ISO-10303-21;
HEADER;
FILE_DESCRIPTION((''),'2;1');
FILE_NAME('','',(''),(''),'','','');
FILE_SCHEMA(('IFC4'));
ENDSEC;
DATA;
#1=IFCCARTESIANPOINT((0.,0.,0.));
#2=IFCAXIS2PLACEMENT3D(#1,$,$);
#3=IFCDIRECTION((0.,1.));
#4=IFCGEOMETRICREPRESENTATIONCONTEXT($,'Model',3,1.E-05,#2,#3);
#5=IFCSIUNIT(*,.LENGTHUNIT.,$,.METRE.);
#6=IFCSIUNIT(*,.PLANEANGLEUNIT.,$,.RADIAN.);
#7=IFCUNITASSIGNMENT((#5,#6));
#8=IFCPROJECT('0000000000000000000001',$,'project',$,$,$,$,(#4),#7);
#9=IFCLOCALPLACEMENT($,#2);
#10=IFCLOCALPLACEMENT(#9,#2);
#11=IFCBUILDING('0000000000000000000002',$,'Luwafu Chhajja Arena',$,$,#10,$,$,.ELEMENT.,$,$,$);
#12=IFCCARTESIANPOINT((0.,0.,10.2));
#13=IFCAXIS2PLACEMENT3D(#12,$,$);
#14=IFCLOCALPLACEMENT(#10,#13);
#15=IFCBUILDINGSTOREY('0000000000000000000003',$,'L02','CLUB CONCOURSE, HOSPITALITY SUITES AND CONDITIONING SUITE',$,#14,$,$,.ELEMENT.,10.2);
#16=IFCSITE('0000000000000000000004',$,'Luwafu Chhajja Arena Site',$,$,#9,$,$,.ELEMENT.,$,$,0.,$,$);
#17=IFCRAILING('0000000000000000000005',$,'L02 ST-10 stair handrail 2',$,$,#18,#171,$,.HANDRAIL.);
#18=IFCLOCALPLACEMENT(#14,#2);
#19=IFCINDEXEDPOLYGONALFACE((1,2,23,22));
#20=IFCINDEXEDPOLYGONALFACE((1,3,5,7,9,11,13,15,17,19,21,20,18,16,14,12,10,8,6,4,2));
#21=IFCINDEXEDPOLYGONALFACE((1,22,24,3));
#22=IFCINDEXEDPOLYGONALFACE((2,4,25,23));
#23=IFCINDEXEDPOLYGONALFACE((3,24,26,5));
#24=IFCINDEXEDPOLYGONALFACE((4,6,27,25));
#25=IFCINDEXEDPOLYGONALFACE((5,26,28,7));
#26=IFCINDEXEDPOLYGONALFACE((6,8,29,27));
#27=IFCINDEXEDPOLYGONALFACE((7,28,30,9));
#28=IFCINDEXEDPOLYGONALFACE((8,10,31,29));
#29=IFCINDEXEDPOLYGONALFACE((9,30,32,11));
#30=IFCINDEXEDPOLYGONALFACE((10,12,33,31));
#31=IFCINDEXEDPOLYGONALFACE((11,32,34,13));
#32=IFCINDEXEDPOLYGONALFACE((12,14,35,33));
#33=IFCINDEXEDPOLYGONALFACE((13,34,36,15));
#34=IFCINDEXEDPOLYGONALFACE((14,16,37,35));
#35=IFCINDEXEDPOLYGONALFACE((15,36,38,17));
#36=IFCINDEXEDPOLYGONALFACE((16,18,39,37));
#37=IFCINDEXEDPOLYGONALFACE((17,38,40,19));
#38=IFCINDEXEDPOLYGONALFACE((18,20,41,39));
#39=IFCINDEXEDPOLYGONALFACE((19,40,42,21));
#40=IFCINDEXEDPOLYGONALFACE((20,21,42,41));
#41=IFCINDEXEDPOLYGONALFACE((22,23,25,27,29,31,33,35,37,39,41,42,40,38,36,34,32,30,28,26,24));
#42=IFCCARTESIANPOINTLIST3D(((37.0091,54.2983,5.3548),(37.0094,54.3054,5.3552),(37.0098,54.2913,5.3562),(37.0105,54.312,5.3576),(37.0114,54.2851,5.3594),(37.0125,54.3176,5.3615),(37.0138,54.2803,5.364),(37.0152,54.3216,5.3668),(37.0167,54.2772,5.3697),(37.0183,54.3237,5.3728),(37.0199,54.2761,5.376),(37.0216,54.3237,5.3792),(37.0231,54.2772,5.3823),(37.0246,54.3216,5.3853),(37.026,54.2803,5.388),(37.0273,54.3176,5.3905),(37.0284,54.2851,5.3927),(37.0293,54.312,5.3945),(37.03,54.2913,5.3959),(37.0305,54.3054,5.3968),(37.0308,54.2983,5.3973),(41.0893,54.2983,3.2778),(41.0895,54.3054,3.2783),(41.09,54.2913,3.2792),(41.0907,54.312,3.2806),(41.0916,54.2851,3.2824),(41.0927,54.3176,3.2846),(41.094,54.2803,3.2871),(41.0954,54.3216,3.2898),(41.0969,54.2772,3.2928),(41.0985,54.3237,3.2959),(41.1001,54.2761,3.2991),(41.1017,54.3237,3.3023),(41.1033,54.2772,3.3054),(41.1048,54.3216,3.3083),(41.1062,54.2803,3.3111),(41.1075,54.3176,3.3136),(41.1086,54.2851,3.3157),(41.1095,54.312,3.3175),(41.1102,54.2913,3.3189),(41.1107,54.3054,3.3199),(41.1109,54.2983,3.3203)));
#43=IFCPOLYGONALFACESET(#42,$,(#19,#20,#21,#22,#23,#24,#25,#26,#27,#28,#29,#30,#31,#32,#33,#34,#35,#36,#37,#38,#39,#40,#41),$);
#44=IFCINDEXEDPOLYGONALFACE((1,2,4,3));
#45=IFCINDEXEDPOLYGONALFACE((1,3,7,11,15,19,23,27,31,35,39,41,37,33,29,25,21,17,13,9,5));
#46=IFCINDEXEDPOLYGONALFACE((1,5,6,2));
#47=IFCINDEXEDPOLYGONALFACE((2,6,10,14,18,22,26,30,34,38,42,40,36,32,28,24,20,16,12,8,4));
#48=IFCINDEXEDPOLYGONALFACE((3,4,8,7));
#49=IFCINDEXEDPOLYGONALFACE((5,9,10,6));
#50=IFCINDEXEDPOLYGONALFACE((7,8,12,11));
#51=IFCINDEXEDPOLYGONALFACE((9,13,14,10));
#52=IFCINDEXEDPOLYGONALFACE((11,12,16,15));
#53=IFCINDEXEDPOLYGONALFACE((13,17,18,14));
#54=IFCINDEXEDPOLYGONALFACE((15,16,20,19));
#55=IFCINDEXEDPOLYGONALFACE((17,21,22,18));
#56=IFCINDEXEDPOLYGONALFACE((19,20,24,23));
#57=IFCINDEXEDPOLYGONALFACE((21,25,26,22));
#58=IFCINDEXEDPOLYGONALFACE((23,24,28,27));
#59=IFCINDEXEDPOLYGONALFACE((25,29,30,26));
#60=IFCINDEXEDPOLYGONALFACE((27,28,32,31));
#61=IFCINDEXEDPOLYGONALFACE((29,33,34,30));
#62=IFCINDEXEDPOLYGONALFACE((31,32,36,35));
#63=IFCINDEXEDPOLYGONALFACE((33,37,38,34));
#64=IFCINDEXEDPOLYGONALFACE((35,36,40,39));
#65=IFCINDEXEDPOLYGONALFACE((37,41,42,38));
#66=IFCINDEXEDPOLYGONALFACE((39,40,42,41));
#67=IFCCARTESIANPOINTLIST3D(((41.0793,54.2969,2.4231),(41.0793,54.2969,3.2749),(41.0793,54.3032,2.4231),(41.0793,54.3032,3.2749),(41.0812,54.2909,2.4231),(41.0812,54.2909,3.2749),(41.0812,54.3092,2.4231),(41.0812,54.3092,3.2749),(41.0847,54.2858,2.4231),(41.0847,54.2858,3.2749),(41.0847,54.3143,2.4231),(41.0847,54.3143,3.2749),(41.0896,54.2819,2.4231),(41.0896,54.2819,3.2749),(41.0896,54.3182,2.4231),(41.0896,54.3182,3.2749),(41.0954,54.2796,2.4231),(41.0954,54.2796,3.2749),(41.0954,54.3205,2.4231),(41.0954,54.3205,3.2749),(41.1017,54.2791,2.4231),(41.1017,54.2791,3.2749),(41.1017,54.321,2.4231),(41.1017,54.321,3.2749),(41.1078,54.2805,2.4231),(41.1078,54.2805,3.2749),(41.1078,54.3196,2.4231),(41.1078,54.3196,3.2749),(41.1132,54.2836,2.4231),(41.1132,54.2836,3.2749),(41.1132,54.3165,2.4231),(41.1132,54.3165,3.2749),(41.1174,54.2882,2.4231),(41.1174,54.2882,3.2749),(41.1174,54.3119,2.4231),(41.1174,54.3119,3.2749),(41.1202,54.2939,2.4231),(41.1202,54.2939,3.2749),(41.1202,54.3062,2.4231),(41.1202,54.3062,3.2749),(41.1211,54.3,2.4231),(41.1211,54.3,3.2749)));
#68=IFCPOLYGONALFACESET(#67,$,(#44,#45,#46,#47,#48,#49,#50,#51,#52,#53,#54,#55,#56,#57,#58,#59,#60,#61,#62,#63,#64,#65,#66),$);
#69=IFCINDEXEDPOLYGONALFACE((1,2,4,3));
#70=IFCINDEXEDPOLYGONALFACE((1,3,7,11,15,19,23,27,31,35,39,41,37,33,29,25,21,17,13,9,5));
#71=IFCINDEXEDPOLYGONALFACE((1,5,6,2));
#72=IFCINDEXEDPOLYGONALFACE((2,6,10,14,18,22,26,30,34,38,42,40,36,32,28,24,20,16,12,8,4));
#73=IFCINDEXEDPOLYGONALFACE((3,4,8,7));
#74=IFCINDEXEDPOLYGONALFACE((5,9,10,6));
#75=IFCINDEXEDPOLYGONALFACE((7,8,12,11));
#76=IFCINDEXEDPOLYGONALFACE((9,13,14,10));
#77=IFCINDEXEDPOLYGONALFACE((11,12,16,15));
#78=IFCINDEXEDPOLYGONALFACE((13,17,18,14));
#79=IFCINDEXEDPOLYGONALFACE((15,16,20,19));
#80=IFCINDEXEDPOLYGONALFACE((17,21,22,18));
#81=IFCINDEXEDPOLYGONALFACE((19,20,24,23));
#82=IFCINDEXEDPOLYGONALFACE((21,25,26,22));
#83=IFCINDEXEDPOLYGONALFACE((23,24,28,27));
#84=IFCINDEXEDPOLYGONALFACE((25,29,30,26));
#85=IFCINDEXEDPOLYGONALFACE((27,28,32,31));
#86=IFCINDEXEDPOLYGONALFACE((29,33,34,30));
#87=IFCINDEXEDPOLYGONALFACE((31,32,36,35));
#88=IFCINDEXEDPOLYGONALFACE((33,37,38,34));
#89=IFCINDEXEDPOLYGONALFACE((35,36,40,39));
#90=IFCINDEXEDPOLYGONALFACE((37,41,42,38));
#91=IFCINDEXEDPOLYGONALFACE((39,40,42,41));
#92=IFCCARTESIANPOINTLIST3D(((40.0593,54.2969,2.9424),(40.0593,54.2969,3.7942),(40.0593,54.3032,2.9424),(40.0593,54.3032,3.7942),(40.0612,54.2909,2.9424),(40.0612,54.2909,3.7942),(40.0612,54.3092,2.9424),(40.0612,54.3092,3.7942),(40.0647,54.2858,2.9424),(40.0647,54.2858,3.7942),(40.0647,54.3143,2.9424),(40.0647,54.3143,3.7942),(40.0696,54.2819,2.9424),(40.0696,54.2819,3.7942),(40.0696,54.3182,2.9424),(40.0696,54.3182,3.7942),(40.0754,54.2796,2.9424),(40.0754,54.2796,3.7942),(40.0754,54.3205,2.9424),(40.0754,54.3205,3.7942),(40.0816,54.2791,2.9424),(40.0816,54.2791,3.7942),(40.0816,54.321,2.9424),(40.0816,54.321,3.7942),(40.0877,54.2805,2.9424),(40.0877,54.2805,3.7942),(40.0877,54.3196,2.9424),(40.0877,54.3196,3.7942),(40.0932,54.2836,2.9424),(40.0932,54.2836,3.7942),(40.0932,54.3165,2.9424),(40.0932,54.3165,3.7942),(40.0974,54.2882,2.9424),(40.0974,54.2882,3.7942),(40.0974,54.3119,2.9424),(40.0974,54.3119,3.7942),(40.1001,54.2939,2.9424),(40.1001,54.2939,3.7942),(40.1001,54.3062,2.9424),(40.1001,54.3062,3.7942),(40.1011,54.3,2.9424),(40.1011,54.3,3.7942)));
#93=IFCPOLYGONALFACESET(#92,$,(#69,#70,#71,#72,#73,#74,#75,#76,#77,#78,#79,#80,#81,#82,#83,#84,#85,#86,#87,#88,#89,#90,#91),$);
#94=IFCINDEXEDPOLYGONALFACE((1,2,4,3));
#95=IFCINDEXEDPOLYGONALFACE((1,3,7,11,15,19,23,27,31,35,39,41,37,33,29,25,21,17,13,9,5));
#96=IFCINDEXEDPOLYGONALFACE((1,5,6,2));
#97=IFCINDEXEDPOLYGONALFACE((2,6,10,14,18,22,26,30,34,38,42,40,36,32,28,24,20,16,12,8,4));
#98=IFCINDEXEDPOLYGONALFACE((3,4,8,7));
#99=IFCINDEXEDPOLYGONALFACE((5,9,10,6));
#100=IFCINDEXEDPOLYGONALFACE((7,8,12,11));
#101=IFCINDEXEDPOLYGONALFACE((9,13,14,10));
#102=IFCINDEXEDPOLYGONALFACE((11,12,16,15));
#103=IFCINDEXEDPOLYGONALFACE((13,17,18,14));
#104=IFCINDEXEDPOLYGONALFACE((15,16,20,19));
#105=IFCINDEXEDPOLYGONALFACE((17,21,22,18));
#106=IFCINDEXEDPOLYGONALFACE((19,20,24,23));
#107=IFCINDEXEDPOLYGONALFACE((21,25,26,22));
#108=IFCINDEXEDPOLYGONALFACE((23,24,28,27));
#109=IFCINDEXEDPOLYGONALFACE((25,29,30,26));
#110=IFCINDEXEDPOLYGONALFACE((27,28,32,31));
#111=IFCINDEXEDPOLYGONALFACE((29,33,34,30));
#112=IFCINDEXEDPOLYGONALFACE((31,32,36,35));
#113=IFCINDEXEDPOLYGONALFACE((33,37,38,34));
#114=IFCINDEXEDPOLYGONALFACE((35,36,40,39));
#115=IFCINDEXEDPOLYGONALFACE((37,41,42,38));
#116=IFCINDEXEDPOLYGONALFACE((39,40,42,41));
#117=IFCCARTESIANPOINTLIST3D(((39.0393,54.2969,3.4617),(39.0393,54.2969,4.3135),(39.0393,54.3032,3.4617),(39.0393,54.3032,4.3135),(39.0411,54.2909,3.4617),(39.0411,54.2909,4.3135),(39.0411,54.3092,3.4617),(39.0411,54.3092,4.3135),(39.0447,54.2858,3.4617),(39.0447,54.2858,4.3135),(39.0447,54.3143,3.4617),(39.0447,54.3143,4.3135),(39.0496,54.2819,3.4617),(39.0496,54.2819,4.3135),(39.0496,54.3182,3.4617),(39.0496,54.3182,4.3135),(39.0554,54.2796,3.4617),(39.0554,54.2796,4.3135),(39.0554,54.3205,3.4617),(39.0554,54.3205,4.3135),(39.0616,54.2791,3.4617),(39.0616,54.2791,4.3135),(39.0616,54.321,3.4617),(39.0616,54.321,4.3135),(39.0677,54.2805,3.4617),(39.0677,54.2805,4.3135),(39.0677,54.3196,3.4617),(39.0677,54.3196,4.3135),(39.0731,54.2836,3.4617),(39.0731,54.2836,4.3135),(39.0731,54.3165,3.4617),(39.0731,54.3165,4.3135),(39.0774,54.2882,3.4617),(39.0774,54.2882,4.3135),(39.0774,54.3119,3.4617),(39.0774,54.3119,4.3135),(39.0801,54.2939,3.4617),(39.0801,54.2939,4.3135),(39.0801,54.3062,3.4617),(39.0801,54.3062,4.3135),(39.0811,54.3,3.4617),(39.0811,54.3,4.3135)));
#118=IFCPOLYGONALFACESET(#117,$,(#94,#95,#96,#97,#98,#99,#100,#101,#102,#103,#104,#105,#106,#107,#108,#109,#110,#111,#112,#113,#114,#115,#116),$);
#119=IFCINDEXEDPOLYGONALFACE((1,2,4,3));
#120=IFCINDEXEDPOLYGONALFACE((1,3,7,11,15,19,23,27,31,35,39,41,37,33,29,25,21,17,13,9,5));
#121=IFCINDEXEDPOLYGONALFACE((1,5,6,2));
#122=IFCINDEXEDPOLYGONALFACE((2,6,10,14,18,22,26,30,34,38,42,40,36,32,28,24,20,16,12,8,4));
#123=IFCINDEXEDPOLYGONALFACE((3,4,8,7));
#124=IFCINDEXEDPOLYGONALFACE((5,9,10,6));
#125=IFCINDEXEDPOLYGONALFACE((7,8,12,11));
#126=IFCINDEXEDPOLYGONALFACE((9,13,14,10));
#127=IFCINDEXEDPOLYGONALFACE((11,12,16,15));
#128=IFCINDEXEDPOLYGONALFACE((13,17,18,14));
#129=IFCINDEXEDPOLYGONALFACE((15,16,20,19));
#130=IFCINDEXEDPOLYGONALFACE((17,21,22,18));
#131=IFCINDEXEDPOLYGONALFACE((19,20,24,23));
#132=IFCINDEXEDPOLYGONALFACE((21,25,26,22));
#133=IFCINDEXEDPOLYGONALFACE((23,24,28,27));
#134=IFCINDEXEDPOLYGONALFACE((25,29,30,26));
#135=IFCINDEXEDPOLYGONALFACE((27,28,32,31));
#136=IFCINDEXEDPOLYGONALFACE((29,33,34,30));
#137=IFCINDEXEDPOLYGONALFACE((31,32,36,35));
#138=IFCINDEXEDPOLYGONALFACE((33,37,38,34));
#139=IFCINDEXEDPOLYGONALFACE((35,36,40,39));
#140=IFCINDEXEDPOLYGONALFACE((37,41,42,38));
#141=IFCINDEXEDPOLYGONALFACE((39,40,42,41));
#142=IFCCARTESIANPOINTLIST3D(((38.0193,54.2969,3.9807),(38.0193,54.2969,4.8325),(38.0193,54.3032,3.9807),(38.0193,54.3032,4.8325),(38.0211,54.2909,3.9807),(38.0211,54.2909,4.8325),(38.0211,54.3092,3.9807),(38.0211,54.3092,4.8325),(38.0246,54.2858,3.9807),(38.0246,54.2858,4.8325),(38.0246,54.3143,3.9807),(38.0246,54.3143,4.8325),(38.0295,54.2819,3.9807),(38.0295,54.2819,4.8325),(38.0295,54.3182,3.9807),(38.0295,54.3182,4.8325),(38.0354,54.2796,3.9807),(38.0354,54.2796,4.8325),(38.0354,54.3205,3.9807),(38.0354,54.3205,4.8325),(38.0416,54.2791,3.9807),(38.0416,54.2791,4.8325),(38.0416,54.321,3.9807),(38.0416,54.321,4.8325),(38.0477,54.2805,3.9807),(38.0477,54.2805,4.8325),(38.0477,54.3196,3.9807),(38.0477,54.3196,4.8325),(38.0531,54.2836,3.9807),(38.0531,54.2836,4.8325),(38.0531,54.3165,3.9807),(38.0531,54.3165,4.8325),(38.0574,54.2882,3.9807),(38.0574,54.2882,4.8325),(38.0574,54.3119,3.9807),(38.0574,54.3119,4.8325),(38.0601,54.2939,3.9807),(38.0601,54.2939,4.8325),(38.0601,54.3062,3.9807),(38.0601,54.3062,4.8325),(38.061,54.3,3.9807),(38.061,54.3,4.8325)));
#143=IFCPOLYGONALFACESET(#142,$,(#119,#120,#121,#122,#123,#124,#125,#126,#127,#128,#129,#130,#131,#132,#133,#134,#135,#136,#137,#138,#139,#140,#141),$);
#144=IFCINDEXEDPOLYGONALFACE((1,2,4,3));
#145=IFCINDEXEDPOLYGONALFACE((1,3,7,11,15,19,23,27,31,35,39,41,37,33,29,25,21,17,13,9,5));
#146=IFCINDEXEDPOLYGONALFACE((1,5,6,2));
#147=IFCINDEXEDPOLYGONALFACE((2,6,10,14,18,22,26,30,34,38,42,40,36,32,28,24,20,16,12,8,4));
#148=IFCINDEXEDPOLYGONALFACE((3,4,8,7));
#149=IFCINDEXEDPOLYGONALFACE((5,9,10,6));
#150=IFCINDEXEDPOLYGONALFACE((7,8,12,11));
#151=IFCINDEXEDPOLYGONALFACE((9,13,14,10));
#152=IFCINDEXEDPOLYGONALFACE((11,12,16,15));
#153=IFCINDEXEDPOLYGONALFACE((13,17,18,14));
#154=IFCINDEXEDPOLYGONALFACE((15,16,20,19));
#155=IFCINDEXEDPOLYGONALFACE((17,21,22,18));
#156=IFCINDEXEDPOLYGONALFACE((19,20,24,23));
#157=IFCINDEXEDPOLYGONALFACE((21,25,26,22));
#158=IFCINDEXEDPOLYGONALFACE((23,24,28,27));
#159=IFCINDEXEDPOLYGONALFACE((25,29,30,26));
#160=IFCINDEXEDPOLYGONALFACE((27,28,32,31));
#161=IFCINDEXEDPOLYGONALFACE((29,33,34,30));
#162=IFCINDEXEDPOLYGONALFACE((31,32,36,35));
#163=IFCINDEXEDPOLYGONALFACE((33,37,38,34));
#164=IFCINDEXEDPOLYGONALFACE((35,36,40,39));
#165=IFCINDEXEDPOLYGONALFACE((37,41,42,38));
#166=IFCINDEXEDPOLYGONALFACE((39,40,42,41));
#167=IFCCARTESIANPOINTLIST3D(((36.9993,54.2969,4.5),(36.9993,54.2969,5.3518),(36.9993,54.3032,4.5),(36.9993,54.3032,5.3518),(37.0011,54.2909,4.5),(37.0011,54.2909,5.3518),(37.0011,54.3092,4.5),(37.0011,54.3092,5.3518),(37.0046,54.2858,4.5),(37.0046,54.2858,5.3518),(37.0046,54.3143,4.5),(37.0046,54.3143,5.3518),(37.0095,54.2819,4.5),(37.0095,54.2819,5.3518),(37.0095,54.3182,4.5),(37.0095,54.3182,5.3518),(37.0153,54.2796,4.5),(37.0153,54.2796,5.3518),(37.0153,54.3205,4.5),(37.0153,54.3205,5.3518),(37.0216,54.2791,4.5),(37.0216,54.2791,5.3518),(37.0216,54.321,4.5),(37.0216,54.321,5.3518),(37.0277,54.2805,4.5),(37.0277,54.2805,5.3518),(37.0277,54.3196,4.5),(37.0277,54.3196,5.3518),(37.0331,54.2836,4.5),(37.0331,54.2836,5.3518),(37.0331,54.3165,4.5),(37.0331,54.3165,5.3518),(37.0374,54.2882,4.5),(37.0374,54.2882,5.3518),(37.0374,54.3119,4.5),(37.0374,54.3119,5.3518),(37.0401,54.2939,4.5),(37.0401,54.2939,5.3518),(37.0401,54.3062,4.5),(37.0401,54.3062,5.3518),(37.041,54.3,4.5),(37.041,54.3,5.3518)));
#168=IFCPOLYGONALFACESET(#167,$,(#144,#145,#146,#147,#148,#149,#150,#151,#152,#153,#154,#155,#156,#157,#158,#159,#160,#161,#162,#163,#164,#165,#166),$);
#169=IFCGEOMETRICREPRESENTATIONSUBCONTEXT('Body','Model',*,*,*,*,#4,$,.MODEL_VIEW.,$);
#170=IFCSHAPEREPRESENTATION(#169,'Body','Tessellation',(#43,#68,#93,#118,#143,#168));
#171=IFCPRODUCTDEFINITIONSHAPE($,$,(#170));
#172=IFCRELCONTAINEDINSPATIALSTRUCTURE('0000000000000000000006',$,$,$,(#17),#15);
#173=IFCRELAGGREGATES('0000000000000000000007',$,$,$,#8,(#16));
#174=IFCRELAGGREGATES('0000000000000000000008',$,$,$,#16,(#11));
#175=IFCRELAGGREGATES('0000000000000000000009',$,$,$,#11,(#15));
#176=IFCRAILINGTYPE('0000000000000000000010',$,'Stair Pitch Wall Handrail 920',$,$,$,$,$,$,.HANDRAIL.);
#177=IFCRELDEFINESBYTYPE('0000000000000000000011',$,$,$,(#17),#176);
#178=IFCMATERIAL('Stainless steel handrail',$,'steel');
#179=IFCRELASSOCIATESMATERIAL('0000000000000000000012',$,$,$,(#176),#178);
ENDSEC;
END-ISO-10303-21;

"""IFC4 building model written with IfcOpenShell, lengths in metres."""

from ifc_helpers import new_model, si_unit, direction, frame, origin, origin_2d, place, context, subcontext, project, spatial, circle, extrude, material, type_object, element, save


model = new_model("IFC4")

# Units and contexts
model_context = context("Model", 3, precision=1e-05, world=origin(), true_north=direction((0.0, 1.0)))
body_context = subcontext(model_context, "Body", "Model", "MODEL_VIEW")
ifc_project = project(units=[si_unit("LENGTHUNIT", "METRE"), si_unit("PLANEANGLEUNIT", "RADIAN")], contexts=[model_context])

# Site, building, storey
site_placement = place(None, origin())
site = spatial("IfcSite", under=ifc_project, at=site_placement, Name="Luwafu Chhajja Arena Site", CompositionType="ELEMENT", RefElevation=0.0)
building_placement = place(site_placement, origin())
building = spatial("IfcBuilding", under=site, at=building_placement, Name="Luwafu Chhajja Arena", CompositionType="ELEMENT")
storey_placement = place(building_placement, frame((0.0, 0.0, 10.2)))
storey = spatial("IfcBuildingStorey", under=building, at=storey_placement, Name="L02", Description="CLUB CONCOURSE, HOSPITALITY SUITES AND CONDITIONING SUITE", CompositionType="ELEMENT", Elevation=10.2)

# Railing
ifc_material_1 = material(Name="Stainless steel handrail", Category="steel")
railing_type_1 = type_object("IfcRailingType", Name="Stair Pitch Wall Handrail 920", PredefinedType="HANDRAIL", material=ifc_material_1)
railing_1_placement = place(storey_placement, frame((41.1001, 54.3, 2.4231)))
element("IfcRailing", 1, at=railing_1_placement, inside=storey, type_object=railing_type_1, Name="L02 ST-10 stair handrail 2", PredefinedType="HANDRAIL", context=body_context, shape_type="SweptSolid", body=[
    extrude(circle(Radius=0.0239, at=origin_2d()), frame((0.0, 0.0, 0.876), z_axis=(-0.891183, 0.0, 0.453644), x_axis=(0.0, -1.0, 0.0)), (0.0, 0.0, 1.0), 4.5784),
    extrude(circle(Radius=0.021, at=origin_2d()), origin(), (0.0, 0.0, 1.0), 0.8518),
    extrude(circle(Radius=0.021, at=origin_2d()), frame((-1.02, 0.0, 0.5193)), (0.0, 0.0, 1.0), 0.8518),
    extrude(circle(Radius=0.021, at=origin_2d()), frame((-2.04, 0.0, 1.0386)), (0.0, 0.0, 1.0), 0.8518),
    extrude(circle(Radius=0.021, at=origin_2d()), frame((-3.0601, 0.0, 1.5576)), (0.0, 0.0, 1.0), 0.8518),
    extrude(circle(Radius=0.021, at=origin_2d()), frame((-4.0801, 0.0, 2.0769)), (0.0, 0.0, 1.0), 0.8518),
])

save(model, "model.ifc")
